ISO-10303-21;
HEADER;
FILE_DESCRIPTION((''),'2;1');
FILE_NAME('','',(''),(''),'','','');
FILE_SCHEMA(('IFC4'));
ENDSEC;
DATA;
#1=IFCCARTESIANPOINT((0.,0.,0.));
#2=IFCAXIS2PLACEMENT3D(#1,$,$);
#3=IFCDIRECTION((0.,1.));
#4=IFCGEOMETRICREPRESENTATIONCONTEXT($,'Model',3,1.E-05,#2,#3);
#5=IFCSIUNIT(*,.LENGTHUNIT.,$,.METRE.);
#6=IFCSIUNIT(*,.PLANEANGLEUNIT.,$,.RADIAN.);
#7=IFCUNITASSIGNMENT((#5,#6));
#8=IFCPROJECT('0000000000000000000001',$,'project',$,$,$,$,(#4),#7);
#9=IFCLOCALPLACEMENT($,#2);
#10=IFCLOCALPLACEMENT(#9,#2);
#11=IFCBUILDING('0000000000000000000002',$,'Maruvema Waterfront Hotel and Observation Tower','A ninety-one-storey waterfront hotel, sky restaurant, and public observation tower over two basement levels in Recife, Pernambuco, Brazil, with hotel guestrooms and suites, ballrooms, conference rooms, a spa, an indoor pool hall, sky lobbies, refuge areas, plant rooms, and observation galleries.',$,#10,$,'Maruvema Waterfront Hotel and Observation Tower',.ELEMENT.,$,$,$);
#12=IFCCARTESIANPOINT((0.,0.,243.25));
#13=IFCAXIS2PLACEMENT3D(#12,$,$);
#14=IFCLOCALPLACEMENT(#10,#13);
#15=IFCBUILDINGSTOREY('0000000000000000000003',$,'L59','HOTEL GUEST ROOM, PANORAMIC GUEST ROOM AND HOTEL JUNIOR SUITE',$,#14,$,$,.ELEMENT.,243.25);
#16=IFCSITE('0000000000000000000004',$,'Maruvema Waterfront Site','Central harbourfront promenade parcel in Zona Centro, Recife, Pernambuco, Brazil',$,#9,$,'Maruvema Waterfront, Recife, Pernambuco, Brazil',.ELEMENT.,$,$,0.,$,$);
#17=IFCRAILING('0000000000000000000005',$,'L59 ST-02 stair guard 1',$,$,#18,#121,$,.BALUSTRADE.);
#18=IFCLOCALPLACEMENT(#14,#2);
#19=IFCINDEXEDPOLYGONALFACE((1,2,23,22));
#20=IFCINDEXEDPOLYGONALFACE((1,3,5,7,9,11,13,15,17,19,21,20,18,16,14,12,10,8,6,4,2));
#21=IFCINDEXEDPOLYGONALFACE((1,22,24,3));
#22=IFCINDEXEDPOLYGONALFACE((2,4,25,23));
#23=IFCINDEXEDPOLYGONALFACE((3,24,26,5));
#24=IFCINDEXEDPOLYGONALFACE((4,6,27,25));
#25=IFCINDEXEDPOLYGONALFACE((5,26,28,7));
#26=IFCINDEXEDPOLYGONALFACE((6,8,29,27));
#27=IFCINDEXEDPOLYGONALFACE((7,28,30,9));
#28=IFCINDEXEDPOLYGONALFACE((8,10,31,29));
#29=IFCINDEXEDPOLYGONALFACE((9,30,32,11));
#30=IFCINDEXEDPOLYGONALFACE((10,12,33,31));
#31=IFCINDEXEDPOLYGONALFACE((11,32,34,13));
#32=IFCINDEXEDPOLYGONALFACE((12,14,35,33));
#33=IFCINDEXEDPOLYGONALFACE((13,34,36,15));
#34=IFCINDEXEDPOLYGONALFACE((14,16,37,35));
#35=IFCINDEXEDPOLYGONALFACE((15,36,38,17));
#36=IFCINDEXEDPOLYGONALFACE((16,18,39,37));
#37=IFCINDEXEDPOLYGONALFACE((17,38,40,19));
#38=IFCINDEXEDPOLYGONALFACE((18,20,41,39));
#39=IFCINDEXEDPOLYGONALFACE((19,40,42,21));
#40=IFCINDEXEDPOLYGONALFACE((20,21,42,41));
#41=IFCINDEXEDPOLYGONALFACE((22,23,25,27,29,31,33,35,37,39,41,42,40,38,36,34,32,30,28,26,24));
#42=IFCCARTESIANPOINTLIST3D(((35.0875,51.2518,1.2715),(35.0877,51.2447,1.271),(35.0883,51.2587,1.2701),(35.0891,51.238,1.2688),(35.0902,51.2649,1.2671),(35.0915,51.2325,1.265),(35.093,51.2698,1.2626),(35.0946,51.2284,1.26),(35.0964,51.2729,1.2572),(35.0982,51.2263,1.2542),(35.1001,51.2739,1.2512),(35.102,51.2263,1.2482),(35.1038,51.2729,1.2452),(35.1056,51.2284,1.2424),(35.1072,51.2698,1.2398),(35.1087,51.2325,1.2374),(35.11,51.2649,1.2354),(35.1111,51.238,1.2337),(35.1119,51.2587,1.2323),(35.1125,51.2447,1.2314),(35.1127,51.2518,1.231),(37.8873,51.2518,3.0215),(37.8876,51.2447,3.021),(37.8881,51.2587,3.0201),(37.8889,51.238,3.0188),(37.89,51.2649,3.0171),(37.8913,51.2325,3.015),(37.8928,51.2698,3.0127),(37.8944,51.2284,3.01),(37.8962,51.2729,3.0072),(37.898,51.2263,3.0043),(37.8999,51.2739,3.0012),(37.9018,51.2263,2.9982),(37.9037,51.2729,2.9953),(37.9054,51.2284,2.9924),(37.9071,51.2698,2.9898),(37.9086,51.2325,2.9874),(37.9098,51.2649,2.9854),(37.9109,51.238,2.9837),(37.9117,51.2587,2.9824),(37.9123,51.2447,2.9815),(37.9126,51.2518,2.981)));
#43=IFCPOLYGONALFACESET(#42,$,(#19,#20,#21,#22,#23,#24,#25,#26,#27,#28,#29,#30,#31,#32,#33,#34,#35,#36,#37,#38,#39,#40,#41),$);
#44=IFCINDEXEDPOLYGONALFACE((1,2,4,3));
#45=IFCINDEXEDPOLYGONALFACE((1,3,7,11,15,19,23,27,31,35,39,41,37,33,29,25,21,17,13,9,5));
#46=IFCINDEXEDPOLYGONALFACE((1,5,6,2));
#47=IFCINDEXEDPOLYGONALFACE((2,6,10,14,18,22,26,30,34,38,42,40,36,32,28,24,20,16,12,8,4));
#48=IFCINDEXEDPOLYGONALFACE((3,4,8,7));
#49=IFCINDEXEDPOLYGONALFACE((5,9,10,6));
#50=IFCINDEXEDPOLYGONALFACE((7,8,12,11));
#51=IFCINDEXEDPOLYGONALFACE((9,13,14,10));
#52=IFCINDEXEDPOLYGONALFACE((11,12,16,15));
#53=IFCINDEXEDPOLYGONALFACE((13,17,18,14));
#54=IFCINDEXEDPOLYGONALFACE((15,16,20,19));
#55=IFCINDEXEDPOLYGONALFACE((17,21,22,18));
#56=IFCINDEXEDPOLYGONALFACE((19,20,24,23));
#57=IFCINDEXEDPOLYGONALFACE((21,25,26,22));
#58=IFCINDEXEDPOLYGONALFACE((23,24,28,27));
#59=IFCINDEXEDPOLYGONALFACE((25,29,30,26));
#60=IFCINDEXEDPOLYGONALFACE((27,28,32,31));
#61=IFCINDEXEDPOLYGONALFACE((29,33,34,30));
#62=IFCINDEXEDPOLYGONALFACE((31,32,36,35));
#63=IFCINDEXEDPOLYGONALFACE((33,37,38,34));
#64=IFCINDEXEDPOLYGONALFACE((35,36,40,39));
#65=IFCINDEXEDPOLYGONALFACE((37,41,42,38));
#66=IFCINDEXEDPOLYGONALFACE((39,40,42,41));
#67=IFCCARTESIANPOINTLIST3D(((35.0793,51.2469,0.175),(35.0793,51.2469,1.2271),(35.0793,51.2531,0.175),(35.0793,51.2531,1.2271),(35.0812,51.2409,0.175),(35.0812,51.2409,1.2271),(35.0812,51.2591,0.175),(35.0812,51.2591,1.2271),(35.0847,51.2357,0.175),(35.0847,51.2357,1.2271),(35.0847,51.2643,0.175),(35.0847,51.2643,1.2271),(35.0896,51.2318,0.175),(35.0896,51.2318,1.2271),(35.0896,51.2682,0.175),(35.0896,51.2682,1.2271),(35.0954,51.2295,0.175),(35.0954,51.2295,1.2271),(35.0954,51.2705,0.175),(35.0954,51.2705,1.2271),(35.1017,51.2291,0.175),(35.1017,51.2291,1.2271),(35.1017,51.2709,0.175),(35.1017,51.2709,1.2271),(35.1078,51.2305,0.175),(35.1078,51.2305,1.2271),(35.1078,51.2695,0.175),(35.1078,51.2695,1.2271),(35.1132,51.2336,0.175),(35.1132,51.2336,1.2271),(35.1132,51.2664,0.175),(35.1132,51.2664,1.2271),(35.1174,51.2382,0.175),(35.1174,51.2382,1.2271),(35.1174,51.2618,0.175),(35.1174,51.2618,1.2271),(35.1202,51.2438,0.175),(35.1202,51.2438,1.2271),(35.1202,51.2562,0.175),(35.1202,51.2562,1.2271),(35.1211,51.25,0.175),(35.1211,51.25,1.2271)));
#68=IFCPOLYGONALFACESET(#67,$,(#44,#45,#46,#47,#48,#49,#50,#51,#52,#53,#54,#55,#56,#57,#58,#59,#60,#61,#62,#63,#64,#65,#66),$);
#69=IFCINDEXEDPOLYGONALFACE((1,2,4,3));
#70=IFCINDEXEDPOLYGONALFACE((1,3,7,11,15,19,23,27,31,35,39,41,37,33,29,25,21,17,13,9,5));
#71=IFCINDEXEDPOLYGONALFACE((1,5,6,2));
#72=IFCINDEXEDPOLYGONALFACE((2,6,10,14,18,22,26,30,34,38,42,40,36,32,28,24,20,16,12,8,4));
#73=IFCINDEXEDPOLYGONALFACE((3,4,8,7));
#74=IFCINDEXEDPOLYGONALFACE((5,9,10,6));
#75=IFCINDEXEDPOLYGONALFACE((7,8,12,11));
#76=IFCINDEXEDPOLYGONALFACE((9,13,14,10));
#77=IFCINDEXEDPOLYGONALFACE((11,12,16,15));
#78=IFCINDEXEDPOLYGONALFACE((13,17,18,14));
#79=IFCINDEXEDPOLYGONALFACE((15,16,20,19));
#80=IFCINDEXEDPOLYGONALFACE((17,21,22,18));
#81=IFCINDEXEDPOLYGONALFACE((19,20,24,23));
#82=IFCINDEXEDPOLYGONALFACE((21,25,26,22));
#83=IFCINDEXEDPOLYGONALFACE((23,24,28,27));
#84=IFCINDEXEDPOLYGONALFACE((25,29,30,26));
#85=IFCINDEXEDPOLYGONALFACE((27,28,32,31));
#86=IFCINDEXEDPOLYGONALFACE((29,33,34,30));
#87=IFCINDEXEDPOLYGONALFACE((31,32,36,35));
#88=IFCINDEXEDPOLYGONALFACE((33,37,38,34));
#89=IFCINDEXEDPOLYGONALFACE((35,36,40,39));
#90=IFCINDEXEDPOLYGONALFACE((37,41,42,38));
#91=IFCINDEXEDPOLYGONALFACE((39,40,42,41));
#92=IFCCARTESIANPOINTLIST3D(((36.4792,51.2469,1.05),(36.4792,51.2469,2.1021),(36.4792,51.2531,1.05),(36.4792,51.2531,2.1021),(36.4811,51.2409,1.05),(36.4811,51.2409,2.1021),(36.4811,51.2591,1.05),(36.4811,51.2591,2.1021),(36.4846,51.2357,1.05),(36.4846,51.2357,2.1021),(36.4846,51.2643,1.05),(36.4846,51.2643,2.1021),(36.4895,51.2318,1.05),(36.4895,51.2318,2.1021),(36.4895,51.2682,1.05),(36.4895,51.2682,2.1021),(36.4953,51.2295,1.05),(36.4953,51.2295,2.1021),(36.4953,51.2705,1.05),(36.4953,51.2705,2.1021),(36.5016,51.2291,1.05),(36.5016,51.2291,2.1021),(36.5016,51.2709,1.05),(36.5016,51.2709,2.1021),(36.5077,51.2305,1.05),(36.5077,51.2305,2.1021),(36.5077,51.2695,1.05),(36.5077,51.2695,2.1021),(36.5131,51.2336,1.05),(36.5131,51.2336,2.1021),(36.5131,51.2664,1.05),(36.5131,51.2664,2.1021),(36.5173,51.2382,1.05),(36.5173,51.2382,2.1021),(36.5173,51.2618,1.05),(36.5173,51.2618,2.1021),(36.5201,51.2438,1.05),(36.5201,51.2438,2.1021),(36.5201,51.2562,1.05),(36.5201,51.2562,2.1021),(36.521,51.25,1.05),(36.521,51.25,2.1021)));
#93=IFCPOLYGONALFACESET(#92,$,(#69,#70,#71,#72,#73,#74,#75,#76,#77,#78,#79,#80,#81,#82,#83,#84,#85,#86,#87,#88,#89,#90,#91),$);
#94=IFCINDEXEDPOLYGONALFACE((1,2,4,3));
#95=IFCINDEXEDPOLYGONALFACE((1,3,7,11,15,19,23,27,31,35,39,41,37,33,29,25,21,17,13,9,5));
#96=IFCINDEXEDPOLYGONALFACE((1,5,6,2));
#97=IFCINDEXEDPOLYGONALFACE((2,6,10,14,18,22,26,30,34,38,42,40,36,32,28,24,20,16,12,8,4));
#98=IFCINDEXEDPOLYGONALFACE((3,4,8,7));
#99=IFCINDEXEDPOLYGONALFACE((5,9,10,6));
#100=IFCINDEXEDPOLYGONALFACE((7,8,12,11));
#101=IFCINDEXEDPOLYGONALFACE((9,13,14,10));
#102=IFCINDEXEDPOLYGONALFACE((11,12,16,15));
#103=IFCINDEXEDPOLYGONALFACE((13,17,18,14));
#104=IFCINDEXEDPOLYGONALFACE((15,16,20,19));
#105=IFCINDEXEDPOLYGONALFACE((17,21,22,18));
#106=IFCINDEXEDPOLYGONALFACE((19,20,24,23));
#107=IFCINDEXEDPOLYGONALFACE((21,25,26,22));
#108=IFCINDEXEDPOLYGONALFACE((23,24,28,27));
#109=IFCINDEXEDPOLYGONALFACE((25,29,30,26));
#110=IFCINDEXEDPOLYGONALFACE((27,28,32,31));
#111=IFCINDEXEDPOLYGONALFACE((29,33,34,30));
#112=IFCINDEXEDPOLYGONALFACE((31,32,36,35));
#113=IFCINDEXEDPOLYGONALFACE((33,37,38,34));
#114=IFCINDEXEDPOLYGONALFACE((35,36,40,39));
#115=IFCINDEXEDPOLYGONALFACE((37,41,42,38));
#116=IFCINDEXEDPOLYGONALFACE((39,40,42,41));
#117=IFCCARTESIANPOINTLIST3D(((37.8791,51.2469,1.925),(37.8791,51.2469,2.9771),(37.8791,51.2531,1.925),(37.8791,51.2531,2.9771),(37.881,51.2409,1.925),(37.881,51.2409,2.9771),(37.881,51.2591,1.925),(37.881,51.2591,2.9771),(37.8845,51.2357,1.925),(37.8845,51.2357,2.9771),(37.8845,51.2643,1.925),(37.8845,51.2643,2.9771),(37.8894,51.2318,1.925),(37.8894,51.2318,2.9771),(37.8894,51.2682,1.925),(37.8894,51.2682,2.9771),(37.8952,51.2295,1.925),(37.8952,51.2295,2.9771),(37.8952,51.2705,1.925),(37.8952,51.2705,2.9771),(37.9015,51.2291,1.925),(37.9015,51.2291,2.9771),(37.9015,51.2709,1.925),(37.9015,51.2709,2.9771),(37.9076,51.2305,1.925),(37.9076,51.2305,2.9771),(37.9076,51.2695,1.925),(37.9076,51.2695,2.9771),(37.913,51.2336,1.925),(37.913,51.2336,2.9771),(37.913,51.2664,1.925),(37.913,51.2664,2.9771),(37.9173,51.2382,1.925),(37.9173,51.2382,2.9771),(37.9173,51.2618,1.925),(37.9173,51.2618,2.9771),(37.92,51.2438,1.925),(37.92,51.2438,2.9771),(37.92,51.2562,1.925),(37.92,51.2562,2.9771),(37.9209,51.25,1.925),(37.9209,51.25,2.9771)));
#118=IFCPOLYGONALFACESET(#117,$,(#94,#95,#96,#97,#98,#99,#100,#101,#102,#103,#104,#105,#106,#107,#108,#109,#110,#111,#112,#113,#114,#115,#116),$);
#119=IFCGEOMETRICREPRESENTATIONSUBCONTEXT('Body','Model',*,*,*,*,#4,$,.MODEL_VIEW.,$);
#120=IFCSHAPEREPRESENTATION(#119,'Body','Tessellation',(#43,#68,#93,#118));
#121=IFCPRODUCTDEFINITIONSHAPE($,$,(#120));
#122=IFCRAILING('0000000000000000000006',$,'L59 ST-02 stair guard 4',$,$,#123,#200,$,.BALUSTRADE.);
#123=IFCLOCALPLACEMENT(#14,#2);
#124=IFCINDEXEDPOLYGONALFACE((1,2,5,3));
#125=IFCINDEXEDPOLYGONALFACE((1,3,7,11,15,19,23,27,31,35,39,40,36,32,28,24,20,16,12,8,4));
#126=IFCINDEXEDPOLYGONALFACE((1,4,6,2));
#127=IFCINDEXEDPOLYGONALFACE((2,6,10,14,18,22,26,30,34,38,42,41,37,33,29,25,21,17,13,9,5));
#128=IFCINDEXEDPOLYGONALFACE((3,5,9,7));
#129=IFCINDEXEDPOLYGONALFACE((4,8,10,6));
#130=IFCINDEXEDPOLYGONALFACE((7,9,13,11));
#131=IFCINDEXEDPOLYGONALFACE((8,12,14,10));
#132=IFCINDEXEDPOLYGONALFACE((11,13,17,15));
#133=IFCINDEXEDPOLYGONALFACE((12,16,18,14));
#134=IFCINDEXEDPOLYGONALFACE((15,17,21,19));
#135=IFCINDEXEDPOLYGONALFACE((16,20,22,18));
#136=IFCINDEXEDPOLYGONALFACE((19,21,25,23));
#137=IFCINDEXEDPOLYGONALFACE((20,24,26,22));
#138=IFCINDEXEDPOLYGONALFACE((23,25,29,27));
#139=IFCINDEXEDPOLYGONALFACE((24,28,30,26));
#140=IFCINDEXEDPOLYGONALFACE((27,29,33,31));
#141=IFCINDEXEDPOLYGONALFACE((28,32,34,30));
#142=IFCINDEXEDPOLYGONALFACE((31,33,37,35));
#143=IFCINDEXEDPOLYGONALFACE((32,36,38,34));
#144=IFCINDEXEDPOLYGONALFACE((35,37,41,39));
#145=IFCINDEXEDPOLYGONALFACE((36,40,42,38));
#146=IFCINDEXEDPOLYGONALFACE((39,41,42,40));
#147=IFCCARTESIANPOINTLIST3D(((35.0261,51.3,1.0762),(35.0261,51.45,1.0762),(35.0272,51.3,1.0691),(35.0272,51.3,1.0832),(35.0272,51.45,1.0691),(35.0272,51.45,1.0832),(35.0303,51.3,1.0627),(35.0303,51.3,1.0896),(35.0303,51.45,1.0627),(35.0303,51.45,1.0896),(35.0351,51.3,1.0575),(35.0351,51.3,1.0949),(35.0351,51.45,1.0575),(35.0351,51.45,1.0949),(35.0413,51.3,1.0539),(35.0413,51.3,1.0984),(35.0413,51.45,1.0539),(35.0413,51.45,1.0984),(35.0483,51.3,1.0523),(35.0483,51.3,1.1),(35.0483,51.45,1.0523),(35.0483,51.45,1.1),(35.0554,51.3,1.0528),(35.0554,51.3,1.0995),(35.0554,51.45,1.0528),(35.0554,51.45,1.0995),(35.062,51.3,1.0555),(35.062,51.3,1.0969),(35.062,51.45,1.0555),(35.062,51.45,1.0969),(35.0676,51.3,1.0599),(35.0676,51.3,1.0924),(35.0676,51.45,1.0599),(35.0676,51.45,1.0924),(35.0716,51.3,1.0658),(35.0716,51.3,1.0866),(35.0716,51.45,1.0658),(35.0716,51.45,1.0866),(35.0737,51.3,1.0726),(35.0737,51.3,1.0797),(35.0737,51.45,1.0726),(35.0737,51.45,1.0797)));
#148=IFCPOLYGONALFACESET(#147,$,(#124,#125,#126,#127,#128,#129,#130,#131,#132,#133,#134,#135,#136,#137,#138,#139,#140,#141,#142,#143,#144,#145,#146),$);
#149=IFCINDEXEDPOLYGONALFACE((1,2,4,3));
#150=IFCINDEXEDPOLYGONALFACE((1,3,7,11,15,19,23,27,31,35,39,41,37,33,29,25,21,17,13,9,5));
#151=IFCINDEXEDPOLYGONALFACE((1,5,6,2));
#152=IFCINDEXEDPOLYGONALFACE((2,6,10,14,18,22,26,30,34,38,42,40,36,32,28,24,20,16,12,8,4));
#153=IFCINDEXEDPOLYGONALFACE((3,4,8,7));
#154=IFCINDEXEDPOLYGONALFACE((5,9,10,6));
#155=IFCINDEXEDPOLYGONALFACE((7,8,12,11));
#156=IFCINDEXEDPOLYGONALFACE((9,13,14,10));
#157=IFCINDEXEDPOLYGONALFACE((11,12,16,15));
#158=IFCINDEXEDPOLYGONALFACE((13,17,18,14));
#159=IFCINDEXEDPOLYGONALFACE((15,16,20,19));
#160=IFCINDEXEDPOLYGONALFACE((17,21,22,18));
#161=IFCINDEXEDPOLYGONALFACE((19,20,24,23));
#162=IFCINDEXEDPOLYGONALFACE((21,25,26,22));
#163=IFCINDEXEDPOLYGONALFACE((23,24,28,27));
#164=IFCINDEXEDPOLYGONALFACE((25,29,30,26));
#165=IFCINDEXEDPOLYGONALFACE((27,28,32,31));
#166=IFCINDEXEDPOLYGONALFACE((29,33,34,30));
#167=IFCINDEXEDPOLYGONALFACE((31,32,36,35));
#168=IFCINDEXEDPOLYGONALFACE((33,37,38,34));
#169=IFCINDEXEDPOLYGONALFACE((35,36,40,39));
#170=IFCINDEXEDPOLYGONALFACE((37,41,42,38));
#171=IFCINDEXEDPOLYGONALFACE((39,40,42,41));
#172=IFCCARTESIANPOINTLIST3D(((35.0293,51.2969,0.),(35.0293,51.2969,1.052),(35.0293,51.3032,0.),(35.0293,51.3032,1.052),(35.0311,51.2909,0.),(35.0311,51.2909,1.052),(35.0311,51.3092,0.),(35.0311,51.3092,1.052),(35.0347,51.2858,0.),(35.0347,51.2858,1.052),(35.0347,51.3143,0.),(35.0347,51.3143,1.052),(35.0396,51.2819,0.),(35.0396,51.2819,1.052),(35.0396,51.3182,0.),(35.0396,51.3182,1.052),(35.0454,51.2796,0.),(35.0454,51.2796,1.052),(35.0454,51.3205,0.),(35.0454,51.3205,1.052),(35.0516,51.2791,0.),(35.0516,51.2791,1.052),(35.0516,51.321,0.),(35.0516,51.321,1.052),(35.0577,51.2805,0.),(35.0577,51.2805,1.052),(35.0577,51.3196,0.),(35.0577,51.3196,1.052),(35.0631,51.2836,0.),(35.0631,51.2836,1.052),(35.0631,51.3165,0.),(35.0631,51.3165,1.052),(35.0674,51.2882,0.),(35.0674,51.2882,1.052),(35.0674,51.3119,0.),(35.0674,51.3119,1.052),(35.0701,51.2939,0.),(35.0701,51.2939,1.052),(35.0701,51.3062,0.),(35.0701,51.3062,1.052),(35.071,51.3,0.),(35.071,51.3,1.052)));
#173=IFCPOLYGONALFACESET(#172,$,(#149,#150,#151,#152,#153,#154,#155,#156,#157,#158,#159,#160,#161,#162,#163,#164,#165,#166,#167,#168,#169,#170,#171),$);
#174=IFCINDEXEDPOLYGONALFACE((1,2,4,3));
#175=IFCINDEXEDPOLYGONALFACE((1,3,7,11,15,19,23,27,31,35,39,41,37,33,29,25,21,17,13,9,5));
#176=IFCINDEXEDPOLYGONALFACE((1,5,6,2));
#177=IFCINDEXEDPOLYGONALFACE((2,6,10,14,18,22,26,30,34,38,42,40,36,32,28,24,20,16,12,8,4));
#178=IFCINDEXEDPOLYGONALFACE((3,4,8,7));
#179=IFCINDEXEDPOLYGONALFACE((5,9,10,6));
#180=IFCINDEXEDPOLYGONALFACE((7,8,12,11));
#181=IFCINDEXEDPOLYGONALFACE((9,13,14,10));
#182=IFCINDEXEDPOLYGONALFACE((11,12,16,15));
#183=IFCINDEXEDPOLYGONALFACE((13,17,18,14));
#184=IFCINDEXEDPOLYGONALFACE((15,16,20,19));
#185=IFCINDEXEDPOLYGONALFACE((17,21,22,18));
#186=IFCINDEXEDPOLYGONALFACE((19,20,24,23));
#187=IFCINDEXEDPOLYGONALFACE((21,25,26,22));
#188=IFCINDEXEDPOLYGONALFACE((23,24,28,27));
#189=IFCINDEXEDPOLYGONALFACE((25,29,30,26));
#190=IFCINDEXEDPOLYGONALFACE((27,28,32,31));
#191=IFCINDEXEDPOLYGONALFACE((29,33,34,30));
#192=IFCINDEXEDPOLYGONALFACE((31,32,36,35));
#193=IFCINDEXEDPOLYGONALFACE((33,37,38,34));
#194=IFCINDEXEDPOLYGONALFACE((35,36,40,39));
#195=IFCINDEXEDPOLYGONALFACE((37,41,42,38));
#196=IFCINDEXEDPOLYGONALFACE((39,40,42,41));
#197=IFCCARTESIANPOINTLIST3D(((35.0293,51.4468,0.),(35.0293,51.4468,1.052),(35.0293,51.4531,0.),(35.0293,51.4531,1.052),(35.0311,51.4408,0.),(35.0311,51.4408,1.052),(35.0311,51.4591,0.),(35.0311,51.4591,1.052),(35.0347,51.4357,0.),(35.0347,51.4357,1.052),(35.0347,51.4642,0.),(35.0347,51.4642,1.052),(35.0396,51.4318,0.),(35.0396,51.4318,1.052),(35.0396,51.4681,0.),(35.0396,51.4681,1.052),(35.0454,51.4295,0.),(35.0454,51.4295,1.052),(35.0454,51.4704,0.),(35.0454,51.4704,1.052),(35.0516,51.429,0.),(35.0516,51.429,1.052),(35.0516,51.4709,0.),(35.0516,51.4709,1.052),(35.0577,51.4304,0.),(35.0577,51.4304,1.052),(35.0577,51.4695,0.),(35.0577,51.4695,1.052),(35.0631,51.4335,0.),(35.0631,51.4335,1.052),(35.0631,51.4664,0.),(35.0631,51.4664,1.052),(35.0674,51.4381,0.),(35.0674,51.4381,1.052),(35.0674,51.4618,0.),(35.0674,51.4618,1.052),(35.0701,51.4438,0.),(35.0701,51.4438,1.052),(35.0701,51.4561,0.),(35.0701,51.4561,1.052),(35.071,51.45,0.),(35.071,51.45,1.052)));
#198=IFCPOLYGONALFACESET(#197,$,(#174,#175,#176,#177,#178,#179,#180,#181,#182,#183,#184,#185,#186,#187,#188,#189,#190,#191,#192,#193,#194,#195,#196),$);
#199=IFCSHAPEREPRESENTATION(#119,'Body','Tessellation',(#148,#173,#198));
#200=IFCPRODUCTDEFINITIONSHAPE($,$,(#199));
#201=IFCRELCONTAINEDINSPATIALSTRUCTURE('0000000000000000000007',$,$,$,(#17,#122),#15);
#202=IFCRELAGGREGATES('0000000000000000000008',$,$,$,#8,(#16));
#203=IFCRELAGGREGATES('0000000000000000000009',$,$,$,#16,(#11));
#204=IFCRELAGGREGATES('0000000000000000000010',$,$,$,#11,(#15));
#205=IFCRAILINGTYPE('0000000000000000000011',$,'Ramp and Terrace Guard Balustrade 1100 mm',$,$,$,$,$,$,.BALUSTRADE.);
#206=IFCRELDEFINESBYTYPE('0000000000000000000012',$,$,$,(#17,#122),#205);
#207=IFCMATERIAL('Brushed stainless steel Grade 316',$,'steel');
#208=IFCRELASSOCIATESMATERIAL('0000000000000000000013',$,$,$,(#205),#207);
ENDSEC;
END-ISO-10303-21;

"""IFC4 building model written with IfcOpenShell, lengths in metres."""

from ifc_helpers import new_model, si_unit, direction, frame, origin, origin_2d, place, context, subcontext, project, spatial, circle, extrude, material, type_object, element, save


model = new_model("IFC4")

# Units and contexts
model_context = context("Model", 3, precision=1e-05, world=origin(), true_north=direction((0.0, 1.0)))
body_context = subcontext(model_context, "Body", "Model", "MODEL_VIEW")
ifc_project = project(units=[si_unit("LENGTHUNIT", "METRE"), si_unit("PLANEANGLEUNIT", "RADIAN")], contexts=[model_context])

# Site, building, storey
site_placement = place(None, origin())
site = spatial("IfcSite", under=ifc_project, at=site_placement, Name="Maruvema Waterfront Site", Description="Central harbourfront promenade parcel in Zona Centro, Recife, Pernambuco, Brazil", LongName="Maruvema Waterfront, Recife, Pernambuco, Brazil", CompositionType="ELEMENT", RefElevation=0.0)
building_placement = place(site_placement, origin())
building = spatial("IfcBuilding", under=site, at=building_placement, Name="Maruvema Waterfront Hotel and Observation Tower", Description="A ninety-one-storey waterfront hotel, sky restaurant, and public observation tower over two basement levels in Recife, Pernambuco, Brazil, with hotel guestrooms and suites, ballrooms, conference rooms, a spa, an indoor pool hall, sky lobbies, refuge areas, plant rooms, and observation galleries.", LongName="Maruvema Waterfront Hotel and Observation Tower", CompositionType="ELEMENT")
storey_placement = place(building_placement, frame((0.0, 0.0, 243.25)))
storey = spatial("IfcBuildingStorey", under=building, at=storey_placement, Name="L59", Description="HOTEL GUEST ROOM, PANORAMIC GUEST ROOM AND HOTEL JUNIOR SUITE", CompositionType="ELEMENT", Elevation=243.25)

# Railings
ifc_material_1 = material(Name="Brushed stainless steel Grade 316", Category="steel")
railing_type_1 = type_object("IfcRailingType", Name="Ramp and Terrace Guard Balustrade 1100 mm", PredefinedType="BALUSTRADE", material=ifc_material_1)
railing_1_placement = place(storey_placement, frame((35.1001, 51.25, 0.175)))
element("IfcRailing", 1, at=railing_1_placement, inside=storey, type_object=railing_type_1, Name="L59 ST-02 stair guard 1", PredefinedType="BALUSTRADE", context=body_context, shape_type="SweptSolid", body=[
    extrude(circle(Radius=0.0239, at=origin_2d()), frame((0.0, 0.0, 1.0762), z_axis=(0.847982, 0.0, 0.530026), x_axis=(0.0, 1.0, 0.0)), (0.0, 0.0, 1.0), 3.3018),
    extrude(circle(Radius=0.021, at=origin_2d()), origin(), (0.0, 0.0, 1.0), 1.052),
    extrude(circle(Radius=0.021, at=origin_2d()), frame((1.3999, 0.0, 0.875)), (0.0, 0.0, 1.0), 1.052),
    extrude(circle(Radius=0.021, at=origin_2d()), frame((2.7998, 0.0, 1.75)), (0.0, 0.0, 1.0), 1.052),
])
railing_2_placement = place(storey_placement, frame((35.05, 51.3, 0.0)))
element("IfcRailing", 2, at=railing_2_placement, inside=storey, type_object=railing_type_1, Name="L59 ST-02 stair guard 4", PredefinedType="BALUSTRADE", context=body_context, shape_type="SweptSolid", body=[
    extrude(circle(Radius=0.0239, at=origin_2d()), frame((0.0, 0.0, 1.0762), z_axis=(0.0, 1.0, 0.0), x_axis=(-1.0, 0.0, 0.0)), (0.0, 0.0, 1.0), 0.1499),
    extrude(circle(Radius=0.021, at=origin_2d()), origin(), (0.0, 0.0, 1.0), 1.052),
    extrude(circle(Radius=0.021, at=origin_2d()), frame((0.0, 0.1499, 0.0)), (0.0, 0.0, 1.0), 1.052),
])

save(model, "model.ifc")
